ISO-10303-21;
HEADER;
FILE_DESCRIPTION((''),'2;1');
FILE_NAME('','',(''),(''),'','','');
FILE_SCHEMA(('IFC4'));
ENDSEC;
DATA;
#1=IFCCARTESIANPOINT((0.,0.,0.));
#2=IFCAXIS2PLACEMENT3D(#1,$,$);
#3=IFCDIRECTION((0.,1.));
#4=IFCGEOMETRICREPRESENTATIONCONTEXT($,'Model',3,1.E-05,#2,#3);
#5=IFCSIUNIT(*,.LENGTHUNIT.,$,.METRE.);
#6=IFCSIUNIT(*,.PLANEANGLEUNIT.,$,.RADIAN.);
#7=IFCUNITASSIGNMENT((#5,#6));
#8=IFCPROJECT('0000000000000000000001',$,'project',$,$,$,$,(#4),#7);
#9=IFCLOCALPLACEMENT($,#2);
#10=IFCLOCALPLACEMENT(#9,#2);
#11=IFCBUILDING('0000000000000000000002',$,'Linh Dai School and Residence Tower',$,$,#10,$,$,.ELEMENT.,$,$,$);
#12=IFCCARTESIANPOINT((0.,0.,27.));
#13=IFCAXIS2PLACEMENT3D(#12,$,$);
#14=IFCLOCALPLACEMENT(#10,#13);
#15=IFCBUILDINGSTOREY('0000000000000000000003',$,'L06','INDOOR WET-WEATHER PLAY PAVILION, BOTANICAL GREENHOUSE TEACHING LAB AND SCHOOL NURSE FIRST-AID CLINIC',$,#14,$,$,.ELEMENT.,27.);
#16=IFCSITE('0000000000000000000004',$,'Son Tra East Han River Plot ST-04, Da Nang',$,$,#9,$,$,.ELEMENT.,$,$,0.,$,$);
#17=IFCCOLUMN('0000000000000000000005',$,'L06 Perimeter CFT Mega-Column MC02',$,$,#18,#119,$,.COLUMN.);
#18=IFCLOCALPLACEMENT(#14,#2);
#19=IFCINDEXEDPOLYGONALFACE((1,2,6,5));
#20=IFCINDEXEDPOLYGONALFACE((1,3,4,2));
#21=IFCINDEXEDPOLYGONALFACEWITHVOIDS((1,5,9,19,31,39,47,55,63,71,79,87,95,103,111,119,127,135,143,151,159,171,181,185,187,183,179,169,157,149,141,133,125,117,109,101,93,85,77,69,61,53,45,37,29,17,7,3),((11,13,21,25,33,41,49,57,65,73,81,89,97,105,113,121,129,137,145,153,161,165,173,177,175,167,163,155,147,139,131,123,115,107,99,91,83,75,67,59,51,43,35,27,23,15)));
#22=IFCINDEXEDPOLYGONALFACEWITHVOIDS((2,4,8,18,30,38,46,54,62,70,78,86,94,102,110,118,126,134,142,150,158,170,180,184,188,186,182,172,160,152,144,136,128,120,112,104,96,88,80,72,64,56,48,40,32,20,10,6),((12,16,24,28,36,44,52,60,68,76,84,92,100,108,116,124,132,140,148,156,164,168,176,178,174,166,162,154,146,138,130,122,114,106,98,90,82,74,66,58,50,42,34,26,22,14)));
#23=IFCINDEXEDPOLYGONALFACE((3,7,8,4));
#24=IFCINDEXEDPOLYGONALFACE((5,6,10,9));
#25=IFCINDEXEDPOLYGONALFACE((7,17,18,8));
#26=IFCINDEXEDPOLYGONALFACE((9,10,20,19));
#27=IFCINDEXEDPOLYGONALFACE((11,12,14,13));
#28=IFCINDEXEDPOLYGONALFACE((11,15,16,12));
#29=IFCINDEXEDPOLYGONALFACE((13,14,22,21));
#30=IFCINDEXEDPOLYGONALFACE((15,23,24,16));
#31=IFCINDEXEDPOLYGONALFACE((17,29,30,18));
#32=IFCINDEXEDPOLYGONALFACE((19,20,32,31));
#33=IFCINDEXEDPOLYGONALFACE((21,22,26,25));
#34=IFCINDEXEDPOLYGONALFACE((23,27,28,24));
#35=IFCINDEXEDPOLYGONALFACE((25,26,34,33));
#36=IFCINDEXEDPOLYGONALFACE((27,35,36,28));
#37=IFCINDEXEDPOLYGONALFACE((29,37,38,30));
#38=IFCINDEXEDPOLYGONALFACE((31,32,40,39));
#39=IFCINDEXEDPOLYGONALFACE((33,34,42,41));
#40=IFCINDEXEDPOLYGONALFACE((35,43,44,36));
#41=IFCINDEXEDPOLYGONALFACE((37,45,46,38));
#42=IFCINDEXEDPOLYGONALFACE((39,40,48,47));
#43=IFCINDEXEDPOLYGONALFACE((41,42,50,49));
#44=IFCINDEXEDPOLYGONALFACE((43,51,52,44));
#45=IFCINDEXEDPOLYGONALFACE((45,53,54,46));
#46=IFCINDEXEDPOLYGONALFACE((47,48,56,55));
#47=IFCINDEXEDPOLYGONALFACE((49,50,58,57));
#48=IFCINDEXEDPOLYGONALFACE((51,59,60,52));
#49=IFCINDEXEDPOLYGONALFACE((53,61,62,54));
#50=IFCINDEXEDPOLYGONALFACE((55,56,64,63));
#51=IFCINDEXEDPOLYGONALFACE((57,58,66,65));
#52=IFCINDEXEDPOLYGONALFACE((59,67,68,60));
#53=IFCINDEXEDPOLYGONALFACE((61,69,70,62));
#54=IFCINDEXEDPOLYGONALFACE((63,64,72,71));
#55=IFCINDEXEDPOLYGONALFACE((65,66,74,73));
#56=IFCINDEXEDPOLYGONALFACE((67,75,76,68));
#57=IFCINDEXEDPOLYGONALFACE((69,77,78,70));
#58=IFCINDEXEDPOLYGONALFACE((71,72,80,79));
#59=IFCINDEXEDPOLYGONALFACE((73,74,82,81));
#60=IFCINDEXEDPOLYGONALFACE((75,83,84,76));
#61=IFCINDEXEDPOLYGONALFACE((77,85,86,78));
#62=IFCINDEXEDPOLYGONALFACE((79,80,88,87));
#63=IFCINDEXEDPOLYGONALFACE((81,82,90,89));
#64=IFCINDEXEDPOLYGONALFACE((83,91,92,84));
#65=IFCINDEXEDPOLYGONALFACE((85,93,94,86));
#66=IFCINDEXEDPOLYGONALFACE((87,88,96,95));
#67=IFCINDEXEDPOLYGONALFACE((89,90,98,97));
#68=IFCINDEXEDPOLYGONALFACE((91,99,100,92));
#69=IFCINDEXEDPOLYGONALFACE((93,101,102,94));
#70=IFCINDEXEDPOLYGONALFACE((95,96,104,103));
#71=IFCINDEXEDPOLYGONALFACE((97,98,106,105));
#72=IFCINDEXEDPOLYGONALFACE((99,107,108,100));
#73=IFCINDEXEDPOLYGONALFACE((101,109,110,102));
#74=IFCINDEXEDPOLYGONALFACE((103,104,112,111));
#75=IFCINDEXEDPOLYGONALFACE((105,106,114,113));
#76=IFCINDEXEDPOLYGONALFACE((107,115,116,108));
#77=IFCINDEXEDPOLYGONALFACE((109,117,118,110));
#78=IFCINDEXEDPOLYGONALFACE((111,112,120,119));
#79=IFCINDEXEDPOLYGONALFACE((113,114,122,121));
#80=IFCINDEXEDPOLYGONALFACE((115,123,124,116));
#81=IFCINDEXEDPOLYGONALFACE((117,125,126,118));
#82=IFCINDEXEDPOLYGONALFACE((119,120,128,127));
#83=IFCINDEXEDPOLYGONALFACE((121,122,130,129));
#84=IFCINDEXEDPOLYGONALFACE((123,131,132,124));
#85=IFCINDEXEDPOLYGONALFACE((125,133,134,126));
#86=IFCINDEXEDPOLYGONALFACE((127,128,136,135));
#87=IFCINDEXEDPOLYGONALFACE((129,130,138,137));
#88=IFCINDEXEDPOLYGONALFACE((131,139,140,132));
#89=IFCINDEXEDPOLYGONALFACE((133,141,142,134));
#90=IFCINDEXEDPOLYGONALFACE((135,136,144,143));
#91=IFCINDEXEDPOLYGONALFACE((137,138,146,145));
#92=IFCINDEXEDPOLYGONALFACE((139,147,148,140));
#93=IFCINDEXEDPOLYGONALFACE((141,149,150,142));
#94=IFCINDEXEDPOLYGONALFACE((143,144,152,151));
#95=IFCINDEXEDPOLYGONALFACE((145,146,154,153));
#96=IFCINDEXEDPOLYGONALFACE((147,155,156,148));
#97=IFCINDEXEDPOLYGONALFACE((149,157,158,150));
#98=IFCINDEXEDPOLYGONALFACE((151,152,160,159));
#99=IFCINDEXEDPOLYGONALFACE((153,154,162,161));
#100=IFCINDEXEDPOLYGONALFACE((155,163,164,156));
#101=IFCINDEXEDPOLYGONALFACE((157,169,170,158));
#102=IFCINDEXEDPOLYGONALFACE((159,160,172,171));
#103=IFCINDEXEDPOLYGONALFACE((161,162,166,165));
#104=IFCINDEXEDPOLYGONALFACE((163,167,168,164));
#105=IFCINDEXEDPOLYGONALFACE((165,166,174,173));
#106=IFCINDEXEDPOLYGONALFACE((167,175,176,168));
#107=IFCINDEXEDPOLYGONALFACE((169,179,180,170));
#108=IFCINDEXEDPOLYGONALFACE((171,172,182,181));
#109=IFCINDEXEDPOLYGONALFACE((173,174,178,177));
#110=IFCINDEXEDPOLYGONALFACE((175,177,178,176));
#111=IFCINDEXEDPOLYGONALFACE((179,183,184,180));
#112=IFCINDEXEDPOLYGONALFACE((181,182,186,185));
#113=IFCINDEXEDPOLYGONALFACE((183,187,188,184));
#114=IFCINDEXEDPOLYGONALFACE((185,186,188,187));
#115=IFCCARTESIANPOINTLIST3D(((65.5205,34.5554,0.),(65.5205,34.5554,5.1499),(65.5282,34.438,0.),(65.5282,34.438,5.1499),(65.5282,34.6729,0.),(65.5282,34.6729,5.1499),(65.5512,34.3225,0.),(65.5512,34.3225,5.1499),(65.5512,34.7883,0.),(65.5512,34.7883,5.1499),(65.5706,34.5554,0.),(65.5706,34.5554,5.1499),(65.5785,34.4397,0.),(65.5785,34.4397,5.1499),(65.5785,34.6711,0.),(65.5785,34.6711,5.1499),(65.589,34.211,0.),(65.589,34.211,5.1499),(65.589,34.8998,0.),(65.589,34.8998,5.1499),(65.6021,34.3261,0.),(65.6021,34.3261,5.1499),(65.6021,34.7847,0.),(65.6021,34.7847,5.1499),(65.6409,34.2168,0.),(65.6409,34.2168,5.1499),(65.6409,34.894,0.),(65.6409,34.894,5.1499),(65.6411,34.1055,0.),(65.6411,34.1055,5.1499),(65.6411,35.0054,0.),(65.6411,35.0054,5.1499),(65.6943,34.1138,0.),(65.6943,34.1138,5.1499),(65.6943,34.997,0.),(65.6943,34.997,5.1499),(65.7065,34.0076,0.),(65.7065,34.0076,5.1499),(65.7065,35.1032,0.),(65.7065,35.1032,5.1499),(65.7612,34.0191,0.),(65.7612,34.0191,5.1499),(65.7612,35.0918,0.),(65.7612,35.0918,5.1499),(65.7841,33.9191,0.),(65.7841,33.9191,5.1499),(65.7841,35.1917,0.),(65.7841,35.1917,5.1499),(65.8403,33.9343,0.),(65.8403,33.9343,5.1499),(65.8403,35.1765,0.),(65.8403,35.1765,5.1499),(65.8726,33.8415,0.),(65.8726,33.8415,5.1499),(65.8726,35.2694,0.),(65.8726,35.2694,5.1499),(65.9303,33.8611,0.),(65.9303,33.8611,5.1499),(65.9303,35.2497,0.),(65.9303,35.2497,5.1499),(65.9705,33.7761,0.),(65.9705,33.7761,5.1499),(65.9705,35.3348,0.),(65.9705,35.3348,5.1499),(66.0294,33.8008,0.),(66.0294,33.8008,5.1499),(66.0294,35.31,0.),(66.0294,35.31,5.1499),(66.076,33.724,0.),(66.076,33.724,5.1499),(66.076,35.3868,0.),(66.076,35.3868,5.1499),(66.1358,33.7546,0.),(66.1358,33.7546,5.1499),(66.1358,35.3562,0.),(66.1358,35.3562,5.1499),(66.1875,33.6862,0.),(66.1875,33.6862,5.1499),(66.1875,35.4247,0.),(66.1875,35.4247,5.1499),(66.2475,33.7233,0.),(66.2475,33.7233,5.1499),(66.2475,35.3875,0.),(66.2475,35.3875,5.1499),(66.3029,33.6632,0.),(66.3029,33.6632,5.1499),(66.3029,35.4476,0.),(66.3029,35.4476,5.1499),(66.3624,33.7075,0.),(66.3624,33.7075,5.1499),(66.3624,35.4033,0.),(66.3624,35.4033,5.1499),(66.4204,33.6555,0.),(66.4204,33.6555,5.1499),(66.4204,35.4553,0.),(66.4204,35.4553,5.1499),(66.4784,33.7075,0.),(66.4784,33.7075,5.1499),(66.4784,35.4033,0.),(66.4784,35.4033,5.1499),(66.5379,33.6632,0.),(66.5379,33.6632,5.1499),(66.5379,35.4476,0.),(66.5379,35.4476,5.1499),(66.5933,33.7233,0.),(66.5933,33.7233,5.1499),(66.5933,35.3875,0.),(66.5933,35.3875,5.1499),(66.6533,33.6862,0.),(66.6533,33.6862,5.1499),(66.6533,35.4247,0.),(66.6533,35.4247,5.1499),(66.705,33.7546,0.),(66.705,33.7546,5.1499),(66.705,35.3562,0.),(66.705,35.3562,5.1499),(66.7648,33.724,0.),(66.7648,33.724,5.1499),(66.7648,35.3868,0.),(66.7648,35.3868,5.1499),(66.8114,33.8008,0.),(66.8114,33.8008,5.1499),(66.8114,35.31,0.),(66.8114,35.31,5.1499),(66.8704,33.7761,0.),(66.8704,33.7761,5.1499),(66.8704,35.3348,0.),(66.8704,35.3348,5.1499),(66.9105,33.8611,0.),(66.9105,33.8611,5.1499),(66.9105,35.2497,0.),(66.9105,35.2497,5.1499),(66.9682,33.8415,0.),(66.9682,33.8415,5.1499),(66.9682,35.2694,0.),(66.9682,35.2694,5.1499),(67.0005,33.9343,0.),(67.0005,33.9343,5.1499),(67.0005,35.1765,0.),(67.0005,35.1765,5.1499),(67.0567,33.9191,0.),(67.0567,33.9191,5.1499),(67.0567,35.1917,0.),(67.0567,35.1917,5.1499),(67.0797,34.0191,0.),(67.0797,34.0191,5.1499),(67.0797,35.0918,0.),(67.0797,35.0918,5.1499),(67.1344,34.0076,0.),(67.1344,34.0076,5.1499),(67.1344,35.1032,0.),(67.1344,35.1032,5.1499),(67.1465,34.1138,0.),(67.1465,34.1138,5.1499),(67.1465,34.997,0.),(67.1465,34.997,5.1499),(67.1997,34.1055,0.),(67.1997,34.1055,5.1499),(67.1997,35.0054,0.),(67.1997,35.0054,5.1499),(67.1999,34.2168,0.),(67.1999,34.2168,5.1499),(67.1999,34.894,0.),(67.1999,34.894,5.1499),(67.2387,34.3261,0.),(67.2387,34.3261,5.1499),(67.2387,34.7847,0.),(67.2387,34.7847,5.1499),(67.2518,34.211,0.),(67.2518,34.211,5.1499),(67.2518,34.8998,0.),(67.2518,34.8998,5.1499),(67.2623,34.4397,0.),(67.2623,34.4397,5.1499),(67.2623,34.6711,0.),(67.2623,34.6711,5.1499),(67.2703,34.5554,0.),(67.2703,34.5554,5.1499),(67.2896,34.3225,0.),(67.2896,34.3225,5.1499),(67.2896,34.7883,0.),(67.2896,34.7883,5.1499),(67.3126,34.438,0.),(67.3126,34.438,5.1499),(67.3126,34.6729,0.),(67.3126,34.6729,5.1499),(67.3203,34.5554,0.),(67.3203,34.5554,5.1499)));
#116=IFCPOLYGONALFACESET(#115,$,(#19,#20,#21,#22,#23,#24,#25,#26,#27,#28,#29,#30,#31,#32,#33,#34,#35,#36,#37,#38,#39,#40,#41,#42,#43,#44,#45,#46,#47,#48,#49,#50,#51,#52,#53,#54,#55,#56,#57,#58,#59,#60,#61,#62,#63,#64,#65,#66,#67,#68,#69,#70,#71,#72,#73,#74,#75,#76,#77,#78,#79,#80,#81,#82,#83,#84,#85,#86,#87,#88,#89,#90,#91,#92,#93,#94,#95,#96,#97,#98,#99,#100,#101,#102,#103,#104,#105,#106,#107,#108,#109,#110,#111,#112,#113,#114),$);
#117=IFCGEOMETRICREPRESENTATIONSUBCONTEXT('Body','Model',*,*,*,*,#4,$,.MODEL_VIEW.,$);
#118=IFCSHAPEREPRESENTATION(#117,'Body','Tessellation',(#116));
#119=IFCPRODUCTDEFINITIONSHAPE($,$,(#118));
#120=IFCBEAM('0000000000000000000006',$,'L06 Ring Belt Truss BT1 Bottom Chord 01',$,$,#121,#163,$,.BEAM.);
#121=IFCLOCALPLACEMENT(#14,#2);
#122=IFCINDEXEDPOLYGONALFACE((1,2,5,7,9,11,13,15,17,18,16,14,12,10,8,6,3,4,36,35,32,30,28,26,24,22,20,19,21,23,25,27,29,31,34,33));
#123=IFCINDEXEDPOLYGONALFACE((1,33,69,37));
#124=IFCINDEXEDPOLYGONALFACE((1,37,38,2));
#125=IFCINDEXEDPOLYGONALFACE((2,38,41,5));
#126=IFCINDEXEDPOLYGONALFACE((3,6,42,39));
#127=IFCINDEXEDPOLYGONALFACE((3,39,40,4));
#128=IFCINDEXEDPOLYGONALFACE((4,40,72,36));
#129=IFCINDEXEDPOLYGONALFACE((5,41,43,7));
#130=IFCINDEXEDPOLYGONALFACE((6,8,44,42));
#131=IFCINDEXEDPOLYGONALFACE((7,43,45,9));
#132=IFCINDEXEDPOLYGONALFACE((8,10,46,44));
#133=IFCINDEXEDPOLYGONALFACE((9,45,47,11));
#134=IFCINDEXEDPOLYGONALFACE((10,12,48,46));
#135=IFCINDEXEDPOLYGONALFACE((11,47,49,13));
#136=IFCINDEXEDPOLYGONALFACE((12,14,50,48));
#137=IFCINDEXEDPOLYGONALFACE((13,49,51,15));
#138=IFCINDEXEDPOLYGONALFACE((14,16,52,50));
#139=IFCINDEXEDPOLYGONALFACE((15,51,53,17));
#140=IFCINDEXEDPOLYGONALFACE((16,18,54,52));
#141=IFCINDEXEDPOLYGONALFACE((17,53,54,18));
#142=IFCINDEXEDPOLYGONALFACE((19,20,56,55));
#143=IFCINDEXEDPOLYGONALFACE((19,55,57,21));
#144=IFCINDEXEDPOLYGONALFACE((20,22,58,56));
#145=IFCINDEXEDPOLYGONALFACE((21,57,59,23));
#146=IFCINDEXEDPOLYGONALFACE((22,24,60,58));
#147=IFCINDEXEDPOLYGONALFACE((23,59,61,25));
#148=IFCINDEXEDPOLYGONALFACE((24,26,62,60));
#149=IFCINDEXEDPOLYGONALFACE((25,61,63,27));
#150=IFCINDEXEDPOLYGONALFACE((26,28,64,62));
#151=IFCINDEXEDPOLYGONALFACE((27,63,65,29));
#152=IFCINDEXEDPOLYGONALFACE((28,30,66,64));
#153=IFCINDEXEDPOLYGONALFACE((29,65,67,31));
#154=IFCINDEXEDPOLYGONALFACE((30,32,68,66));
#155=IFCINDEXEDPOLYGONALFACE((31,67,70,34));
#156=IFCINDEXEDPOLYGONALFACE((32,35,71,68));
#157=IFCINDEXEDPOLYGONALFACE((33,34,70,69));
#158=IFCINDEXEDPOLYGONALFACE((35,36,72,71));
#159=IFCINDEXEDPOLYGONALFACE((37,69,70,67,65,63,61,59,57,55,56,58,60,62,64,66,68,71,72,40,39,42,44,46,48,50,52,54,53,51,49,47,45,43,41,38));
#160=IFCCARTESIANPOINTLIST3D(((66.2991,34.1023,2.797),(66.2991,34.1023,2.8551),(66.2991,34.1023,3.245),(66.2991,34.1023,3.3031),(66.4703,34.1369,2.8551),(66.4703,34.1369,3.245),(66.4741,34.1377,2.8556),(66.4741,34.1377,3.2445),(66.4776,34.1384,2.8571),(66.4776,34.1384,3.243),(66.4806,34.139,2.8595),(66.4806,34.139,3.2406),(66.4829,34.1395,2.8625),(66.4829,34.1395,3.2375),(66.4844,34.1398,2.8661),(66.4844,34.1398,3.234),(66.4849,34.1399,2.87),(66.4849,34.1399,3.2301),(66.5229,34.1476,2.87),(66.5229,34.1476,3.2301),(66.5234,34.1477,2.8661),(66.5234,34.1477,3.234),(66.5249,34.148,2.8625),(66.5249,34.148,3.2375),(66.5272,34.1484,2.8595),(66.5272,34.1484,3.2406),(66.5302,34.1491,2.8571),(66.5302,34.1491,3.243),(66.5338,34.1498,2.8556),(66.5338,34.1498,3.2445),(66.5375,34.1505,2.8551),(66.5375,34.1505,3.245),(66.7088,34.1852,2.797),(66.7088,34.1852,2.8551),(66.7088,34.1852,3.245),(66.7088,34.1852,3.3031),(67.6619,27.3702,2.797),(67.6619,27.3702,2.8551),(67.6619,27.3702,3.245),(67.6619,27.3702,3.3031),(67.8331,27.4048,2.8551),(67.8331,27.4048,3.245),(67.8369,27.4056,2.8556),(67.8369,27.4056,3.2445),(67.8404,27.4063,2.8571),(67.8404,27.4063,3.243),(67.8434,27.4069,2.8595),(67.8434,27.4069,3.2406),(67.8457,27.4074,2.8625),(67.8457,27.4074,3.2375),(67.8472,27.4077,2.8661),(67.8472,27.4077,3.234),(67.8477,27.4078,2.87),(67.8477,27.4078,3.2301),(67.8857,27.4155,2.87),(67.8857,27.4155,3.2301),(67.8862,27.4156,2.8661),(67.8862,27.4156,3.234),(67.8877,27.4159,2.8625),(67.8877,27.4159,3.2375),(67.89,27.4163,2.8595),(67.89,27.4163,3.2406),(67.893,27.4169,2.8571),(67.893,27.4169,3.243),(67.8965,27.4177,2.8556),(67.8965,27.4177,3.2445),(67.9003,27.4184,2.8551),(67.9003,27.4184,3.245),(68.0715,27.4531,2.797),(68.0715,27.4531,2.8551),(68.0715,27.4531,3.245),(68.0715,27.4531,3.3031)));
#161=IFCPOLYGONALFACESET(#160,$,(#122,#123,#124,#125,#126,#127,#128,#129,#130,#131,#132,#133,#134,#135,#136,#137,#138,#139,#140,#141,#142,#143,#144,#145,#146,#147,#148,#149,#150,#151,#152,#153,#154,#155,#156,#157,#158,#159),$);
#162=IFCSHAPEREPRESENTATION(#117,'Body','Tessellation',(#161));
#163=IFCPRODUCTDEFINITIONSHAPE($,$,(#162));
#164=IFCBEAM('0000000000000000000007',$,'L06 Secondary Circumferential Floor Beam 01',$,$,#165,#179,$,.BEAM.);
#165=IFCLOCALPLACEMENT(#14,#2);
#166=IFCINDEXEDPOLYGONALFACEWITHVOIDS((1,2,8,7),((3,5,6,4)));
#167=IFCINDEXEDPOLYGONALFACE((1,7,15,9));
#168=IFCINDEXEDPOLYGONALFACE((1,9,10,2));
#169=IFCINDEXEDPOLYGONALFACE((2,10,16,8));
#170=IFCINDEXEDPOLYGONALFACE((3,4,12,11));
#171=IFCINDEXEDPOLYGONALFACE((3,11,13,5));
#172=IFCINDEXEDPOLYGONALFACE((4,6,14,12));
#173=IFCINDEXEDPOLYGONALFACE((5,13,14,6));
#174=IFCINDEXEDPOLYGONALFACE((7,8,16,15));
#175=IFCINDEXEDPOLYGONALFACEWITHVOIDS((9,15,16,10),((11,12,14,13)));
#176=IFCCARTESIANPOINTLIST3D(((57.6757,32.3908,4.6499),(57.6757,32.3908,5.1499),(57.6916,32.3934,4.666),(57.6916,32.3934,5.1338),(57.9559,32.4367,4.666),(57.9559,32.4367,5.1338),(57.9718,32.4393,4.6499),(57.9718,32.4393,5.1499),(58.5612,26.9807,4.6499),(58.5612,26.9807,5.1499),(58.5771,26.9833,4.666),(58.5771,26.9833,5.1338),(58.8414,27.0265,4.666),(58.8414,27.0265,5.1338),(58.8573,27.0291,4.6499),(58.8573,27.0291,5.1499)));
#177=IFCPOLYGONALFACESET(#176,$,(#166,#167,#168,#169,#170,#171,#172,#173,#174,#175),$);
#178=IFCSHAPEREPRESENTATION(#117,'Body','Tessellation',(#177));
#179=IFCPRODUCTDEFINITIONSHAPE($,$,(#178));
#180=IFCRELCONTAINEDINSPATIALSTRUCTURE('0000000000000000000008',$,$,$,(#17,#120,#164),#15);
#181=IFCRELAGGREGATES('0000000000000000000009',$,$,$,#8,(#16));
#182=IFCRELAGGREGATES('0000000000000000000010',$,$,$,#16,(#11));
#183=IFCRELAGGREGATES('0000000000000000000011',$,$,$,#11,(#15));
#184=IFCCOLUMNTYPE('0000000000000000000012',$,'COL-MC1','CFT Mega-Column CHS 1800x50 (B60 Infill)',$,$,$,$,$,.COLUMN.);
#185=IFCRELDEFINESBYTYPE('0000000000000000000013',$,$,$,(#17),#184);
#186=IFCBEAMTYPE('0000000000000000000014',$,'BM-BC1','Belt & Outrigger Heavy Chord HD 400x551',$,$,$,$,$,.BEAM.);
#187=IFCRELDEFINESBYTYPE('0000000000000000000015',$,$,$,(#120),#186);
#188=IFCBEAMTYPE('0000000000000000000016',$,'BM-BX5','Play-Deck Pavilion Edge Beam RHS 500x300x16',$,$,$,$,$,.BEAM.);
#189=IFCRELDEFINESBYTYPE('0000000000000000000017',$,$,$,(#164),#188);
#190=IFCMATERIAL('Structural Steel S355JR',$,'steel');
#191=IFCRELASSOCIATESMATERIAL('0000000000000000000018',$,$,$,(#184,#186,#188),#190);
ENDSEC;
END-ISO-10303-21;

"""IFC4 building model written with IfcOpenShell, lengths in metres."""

from ifc_helpers import new_model, si_unit, direction, frame, origin, origin_2d, place, context, subcontext, project, spatial, hollow_rectangle, hollow_circle, i_section, extrude, material, material_profile, profile_set, type_object, element, save


model = new_model("IFC4")

# Units and contexts
model_context = context("Model", 3, precision=1e-05, world=origin(), true_north=direction((0.0, 1.0)))
body_context = subcontext(model_context, "Body", "Model", "MODEL_VIEW")
ifc_project = project(units=[si_unit("LENGTHUNIT", "METRE"), si_unit("PLANEANGLEUNIT", "RADIAN")], contexts=[model_context])

# Site, building, storey
site_placement = place(None, origin())
site = spatial("IfcSite", under=ifc_project, at=site_placement, Name="Son Tra East Han River Plot ST-04, Da Nang", CompositionType="ELEMENT", RefElevation=0.0)
building_placement = place(site_placement, origin())
building = spatial("IfcBuilding", under=site, at=building_placement, Name="Linh Dai School and Residence Tower", CompositionType="ELEMENT")
storey_placement = place(building_placement, frame((0.0, 0.0, 27.0)))
storey = spatial("IfcBuildingStorey", under=building, at=storey_placement, Name="L06", Description="INDOOR WET-WEATHER PLAY PAVILION, BOTANICAL GREENHOUSE TEACHING LAB AND SCHOOL NURSE FIRST-AID CLINIC", CompositionType="ELEMENT", Elevation=27.0)

# Column
ifc_material_1 = material(Name="Structural Steel S355JR", Category="steel")
ifc_material_profile_1 = material_profile(ifc_material_1, hollow_circle(Radius=0.8999, WallThickness=0.05, at=origin_2d()), Name="CHS 1800x50")
ifc_profile_set_1 = profile_set([ifc_material_profile_1], Name="Structural Steel S355JR")
column_type_1 = type_object("IfcColumnType", Name="COL-MC1", Description="CFT Mega-Column CHS 1800x50 (B60 Infill)", PredefinedType="COLUMN", material=ifc_profile_set_1)
for number, where, z_axis, x_axis, name in (
    (1, (66.4204, 34.5554, 0.0), (0.0, 0.0, 1.0), (1.0, 0.0, 0.0), "L06 Perimeter CFT Mega-Column MC02"),
):
    element("IfcColumn", number, at=place(storey_placement, frame(where, z_axis=z_axis, x_axis=x_axis)), inside=storey, type_object=column_type_1, Name=name, PredefinedType="COLUMN", context=body_context, shape_type="SweptSolid", body=[
        extrude(hollow_circle(Radius=0.8999, WallThickness=0.05, at=origin_2d()), origin(), (0.0, 0.0, 1.0), 5.1499),
    ])

# Beams
ifc_material_profile_2 = material_profile(ifc_material_1, i_section(OverallWidth=0.418, OverallDepth=0.5061, WebThickness=0.0388, FlangeThickness=0.0581, FilletRadius=0.0149, at=origin_2d()), Name="HD 400x551")
ifc_profile_set_2 = profile_set([ifc_material_profile_2], Name="Structural Steel S355JR")
beam_type_1 = type_object("IfcBeamType", Name="BM-BC1", Description="Belt & Outrigger Heavy Chord HD 400x551", PredefinedType="BEAM", material=ifc_profile_set_2)
beam_1_placement = place(storey_placement, frame((67.8667, 27.4116, 3.05), z_axis=(-0.198405, 0.98012, 0.0), x_axis=(-0.98012, -0.198405, 0.0)))
element("IfcBeam", 2, at=beam_1_placement, inside=storey, type_object=beam_type_1, Name="L06 Ring Belt Truss BT1 Bottom Chord 01", PredefinedType="BEAM", context=body_context, shape_type="SweptSolid", body=[
    extrude(i_section(OverallWidth=0.418, OverallDepth=0.5061, WebThickness=0.0388, FlangeThickness=0.0581, FilletRadius=0.0149, at=origin_2d()), origin(), (0.0, 0.0, 1.0), 6.8687),
])
ifc_material_profile_3 = material_profile(ifc_material_1, hollow_rectangle(XDim=0.3, YDim=0.5, WallThickness=0.0161, at=origin_2d()), Name="RHS 500x300x16")
ifc_profile_set_3 = profile_set([ifc_material_profile_3], Name="Structural Steel S355JR")
beam_type_2 = type_object("IfcBeamType", Name="BM-BX5", Description="Play-Deck Pavilion Edge Beam RHS 500x300x16", PredefinedType="BEAM", material=ifc_profile_set_3)
beam_2_placement = place(storey_placement, frame((58.7092, 27.0049, 4.8999), z_axis=(-0.161524, 0.986869, 0.0), x_axis=(-0.986869, -0.161524, 0.0)))
element("IfcBeam", 3, at=beam_2_placement, inside=storey, type_object=beam_type_2, Name="L06 Secondary Circumferential Floor Beam 01", PredefinedType="BEAM", context=body_context, shape_type="SweptSolid", body=[
    extrude(hollow_rectangle(XDim=0.3, YDim=0.5, WallThickness=0.0161, at=origin_2d()), origin(), (0.0, 0.0, 1.0), 5.4822),
])

save(model, "model.ifc")
